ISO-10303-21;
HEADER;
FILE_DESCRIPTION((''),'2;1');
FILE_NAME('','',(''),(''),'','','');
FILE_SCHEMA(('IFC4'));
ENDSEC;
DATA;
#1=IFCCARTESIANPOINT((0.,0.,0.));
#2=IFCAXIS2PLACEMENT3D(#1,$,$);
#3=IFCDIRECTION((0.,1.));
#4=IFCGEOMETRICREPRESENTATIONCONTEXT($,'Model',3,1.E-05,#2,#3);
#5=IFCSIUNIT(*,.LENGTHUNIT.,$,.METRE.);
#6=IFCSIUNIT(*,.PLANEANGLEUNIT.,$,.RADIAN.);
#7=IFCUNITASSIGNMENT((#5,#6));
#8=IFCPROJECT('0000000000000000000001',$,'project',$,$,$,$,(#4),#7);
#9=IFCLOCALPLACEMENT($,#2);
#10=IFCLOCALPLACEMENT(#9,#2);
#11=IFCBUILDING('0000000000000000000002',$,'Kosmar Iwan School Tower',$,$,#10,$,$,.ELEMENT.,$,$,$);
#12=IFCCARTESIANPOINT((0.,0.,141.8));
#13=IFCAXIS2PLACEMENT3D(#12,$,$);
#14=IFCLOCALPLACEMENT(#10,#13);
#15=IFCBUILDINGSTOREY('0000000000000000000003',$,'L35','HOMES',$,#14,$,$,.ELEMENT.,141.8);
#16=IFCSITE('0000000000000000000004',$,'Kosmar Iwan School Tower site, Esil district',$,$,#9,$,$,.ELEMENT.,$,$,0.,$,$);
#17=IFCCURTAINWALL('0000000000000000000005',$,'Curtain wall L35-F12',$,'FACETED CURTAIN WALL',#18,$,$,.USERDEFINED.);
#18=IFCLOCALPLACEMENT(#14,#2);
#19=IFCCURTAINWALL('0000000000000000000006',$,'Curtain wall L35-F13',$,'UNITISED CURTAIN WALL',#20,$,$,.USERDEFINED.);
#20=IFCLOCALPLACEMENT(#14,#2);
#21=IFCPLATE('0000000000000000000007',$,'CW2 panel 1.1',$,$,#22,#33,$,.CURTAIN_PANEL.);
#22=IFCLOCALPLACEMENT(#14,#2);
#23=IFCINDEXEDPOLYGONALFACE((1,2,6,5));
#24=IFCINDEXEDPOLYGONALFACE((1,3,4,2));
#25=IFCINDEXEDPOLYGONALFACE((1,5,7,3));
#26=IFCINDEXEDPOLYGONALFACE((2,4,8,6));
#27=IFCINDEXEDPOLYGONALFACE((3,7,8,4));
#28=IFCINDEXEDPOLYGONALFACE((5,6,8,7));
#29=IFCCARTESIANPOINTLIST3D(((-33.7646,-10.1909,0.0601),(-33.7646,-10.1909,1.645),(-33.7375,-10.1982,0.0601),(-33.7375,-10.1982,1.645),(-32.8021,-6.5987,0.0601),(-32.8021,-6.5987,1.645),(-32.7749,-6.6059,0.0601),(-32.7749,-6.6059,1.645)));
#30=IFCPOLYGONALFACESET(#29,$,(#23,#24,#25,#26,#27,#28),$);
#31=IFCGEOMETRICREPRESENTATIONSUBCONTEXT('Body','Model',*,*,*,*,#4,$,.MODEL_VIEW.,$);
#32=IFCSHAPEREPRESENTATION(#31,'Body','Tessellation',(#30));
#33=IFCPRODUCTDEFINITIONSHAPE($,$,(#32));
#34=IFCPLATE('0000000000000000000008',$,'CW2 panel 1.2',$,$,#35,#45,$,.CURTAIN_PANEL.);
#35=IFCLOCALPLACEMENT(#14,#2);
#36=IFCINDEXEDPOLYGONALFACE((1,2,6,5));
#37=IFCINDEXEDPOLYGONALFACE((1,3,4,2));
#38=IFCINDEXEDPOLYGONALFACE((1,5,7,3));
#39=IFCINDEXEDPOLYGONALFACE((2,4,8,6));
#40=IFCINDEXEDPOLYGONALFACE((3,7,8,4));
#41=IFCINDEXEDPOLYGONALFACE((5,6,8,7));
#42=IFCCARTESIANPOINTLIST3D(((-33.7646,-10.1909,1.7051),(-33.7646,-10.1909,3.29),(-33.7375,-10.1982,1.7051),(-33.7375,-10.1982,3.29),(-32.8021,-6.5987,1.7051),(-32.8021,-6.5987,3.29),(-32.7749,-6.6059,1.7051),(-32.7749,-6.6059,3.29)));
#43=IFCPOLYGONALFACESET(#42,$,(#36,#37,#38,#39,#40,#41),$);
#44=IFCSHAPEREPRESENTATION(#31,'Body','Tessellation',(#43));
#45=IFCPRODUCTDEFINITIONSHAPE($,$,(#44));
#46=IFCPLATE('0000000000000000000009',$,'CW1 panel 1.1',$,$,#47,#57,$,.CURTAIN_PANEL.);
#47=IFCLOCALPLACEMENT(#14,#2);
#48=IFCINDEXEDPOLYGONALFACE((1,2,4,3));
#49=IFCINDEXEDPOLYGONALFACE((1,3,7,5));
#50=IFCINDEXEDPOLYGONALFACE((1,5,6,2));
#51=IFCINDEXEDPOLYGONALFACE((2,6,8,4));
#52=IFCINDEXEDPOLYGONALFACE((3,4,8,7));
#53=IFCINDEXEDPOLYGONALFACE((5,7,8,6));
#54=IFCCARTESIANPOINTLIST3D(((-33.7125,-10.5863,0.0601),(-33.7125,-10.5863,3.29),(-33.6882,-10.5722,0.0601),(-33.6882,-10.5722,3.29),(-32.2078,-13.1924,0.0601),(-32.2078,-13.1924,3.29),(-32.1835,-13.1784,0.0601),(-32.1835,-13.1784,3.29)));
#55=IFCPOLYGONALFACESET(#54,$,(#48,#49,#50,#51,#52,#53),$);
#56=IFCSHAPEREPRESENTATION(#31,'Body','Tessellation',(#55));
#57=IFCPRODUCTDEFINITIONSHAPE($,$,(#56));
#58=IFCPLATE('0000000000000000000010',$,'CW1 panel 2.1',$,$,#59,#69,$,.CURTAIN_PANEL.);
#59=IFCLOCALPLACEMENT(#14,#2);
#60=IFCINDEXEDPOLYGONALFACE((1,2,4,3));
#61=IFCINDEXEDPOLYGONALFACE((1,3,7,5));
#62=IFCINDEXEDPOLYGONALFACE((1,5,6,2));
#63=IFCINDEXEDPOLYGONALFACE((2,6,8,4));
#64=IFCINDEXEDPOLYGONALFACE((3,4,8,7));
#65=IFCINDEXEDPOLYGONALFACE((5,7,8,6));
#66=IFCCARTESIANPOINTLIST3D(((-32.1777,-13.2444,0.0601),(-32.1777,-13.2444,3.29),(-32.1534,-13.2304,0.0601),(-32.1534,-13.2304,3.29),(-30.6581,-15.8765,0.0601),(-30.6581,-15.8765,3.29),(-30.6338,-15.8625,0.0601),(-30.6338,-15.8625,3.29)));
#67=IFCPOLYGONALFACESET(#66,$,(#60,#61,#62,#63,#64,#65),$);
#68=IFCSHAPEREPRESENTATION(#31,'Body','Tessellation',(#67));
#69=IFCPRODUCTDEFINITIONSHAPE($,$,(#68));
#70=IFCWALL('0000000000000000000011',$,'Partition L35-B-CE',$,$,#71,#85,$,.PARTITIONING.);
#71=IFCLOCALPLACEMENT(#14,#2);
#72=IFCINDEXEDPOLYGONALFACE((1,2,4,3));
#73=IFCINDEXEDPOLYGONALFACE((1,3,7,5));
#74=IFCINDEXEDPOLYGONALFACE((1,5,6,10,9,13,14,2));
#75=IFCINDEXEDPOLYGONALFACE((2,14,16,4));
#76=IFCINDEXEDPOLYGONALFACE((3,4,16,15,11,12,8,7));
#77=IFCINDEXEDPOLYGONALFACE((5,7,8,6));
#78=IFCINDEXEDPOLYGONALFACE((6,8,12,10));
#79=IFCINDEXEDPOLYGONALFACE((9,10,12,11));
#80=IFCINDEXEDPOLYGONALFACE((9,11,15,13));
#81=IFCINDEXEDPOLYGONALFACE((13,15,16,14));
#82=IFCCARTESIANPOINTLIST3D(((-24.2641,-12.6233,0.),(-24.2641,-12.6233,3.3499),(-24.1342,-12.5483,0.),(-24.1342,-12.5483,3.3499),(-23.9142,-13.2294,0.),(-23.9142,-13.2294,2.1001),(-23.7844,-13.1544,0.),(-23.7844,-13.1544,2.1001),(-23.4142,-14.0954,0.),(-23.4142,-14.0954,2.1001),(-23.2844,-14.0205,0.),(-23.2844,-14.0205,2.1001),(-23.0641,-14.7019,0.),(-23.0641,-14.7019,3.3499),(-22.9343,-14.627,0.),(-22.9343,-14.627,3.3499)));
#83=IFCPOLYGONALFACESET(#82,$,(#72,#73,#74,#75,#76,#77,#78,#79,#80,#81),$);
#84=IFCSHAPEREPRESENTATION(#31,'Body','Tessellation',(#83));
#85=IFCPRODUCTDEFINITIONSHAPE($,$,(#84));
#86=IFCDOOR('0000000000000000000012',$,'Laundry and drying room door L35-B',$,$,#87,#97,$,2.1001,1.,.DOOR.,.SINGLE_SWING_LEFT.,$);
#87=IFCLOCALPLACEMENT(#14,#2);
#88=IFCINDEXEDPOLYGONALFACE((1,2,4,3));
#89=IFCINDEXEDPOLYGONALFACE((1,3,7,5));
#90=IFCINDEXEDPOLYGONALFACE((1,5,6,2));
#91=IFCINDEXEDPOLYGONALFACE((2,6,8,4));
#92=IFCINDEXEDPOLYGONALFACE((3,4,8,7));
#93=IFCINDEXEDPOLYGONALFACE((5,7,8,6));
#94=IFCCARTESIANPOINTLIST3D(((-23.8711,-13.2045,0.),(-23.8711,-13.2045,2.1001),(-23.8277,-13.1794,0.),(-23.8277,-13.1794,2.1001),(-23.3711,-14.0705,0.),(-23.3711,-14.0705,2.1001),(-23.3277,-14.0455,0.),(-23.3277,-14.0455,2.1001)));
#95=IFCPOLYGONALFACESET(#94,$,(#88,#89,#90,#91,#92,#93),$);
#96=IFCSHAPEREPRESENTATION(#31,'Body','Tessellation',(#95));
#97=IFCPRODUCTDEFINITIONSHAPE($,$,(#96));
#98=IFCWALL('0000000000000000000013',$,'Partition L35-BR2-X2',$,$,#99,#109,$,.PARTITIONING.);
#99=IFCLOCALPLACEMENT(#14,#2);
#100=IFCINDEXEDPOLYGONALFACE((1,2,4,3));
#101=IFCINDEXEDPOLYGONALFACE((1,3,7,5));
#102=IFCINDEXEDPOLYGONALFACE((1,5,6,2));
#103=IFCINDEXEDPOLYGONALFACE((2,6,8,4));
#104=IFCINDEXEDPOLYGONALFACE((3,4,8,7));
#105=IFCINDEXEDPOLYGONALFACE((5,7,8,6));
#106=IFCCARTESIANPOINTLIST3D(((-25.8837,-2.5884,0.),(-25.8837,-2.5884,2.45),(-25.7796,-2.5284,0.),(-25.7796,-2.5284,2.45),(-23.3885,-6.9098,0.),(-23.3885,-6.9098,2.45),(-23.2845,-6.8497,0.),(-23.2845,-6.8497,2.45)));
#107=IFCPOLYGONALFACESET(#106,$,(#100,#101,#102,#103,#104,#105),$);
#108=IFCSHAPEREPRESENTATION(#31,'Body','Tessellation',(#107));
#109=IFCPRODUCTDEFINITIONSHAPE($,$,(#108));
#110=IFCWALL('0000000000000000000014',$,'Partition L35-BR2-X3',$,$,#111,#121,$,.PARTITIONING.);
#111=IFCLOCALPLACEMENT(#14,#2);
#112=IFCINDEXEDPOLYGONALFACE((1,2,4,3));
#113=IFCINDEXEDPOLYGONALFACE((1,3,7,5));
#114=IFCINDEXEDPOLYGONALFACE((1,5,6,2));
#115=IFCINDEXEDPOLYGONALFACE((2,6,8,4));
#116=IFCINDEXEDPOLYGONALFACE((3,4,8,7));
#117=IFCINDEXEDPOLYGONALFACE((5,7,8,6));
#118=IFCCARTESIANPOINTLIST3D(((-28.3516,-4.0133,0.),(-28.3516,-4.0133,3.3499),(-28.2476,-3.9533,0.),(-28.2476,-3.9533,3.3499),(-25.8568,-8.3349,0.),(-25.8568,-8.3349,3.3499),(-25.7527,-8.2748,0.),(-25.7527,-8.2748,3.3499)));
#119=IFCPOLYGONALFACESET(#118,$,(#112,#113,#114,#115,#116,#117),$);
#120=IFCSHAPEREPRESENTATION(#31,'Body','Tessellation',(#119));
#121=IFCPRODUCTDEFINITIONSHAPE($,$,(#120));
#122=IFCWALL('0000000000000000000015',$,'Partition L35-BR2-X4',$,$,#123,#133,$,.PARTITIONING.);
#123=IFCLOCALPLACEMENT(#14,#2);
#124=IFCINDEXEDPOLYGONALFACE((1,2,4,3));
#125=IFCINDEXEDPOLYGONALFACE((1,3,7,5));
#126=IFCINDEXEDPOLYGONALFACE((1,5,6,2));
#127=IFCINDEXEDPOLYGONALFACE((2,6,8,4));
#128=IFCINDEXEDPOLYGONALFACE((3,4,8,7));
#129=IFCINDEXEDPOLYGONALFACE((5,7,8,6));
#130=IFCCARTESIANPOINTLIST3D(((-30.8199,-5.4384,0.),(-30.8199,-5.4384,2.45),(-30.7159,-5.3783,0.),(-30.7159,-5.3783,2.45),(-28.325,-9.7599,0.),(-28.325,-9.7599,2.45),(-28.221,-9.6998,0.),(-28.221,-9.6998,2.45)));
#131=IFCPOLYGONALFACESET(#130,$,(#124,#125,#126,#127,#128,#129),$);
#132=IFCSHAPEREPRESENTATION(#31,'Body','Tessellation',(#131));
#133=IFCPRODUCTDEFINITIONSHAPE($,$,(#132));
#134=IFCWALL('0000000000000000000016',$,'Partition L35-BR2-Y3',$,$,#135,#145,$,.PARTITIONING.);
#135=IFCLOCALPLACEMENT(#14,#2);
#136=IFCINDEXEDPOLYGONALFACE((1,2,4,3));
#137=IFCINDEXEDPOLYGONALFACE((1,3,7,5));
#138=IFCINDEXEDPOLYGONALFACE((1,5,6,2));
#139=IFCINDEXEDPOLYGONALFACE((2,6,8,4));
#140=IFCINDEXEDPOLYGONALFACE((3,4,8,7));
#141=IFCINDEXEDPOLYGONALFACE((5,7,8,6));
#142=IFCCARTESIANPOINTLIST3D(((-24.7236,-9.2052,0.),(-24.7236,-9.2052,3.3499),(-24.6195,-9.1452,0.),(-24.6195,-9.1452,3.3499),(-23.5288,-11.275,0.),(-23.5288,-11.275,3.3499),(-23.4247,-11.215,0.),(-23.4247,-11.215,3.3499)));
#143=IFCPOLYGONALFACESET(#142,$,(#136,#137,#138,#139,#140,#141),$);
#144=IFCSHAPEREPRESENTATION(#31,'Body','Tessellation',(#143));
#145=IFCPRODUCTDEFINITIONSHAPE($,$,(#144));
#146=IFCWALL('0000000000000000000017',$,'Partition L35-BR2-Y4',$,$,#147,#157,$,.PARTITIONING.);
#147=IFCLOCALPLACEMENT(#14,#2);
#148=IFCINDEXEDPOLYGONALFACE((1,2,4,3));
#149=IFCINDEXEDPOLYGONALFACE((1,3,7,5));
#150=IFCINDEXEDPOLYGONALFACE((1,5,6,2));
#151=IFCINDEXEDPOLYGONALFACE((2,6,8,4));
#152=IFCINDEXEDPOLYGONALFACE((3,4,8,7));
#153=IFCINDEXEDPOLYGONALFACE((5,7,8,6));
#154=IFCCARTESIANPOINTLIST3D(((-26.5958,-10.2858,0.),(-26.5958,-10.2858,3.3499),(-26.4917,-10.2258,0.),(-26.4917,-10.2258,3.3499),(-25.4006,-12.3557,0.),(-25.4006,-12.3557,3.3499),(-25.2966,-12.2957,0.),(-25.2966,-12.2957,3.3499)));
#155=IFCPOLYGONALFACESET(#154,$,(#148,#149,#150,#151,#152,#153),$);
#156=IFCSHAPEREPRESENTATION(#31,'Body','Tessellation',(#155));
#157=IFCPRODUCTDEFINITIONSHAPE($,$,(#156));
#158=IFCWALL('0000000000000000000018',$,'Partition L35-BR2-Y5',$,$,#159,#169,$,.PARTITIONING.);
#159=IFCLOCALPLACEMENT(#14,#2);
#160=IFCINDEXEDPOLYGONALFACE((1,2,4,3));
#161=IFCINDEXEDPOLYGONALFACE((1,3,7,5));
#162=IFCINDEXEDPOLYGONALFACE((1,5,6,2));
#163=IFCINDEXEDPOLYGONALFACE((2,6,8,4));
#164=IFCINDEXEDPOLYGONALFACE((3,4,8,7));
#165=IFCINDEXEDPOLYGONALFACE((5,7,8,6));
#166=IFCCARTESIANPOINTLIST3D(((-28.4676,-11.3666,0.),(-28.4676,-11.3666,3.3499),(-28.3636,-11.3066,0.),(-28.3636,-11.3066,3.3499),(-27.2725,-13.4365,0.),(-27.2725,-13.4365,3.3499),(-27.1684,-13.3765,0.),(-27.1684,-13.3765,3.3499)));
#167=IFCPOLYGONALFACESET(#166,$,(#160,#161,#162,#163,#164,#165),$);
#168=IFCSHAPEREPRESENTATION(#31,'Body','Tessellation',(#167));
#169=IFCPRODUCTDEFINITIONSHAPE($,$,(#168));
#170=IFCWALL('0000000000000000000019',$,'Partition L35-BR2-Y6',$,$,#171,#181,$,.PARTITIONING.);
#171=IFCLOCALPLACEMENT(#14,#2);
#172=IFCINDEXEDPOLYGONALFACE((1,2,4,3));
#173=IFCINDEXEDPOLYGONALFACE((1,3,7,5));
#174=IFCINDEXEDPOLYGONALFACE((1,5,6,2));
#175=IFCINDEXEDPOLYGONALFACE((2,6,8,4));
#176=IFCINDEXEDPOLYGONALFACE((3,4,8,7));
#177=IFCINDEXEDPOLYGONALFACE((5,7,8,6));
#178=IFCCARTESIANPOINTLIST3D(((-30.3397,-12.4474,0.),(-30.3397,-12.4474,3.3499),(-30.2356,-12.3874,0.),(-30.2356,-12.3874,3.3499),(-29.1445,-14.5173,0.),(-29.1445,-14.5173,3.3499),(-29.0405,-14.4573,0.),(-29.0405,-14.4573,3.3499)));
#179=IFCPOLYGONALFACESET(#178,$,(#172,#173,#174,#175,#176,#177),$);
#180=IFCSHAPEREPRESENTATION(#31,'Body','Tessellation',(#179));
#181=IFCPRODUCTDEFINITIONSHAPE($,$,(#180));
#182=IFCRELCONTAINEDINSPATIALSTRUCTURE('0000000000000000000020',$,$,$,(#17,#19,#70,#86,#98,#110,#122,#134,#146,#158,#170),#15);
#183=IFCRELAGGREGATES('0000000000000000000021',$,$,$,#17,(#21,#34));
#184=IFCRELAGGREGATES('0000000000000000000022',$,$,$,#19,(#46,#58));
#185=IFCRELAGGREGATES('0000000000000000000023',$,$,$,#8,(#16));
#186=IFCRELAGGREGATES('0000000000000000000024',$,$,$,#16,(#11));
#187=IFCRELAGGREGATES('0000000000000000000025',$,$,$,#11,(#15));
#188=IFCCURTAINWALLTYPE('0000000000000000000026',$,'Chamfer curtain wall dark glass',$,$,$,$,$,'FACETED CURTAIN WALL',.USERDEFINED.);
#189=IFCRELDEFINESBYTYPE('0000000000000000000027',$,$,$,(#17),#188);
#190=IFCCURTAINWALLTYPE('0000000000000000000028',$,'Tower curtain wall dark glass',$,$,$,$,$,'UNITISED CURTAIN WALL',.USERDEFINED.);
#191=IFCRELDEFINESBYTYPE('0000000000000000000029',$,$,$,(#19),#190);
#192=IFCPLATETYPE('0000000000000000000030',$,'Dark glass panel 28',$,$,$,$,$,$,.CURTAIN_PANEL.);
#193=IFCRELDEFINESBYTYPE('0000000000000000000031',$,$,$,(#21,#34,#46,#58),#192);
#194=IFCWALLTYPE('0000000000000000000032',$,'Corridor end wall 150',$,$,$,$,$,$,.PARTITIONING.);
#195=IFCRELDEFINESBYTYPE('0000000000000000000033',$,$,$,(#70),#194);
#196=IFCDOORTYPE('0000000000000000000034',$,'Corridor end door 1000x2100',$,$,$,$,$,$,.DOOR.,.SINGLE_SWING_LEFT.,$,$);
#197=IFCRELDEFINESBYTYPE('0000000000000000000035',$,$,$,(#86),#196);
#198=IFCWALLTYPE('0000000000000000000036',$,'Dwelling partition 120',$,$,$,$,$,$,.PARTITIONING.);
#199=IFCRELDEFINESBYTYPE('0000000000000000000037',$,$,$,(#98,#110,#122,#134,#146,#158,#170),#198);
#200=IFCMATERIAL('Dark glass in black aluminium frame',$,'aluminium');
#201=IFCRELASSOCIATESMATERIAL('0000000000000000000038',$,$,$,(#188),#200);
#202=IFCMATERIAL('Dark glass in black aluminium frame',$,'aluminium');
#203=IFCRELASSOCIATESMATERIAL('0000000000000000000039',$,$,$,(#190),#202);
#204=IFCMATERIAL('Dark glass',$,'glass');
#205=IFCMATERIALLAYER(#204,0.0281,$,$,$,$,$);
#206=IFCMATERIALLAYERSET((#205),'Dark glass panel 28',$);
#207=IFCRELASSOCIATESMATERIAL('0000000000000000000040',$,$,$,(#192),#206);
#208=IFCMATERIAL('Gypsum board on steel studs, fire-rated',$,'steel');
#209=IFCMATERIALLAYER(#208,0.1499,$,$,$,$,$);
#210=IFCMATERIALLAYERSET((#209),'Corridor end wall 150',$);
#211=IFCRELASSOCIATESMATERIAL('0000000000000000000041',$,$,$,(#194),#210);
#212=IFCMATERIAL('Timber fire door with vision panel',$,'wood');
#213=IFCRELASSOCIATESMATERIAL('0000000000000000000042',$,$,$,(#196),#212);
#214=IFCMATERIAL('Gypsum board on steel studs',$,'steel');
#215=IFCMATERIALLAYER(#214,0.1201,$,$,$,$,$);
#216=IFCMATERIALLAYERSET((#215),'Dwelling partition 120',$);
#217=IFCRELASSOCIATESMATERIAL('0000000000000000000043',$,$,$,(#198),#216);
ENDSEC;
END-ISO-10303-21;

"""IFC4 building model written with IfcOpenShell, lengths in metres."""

from ifc_helpers import new_model, si_unit, direction, frame, frame_2d, origin, origin_2d, place, context, subcontext, project, spatial, rectangle, extrude, material, layer, layer_set, type_object, element, fill, aggregate, save


model = new_model("IFC4")

# Units and contexts
model_context = context("Model", 3, precision=1e-05, world=origin(), true_north=direction((0.0, 1.0)))
body_context = subcontext(model_context, "Body", "Model", "MODEL_VIEW")
ifc_project = project(units=[si_unit("LENGTHUNIT", "METRE"), si_unit("PLANEANGLEUNIT", "RADIAN")], contexts=[model_context])

# Site, building, storey
site_placement = place(None, origin())
site = spatial("IfcSite", under=ifc_project, at=site_placement, Name="Kosmar Iwan School Tower site, Esil district", CompositionType="ELEMENT", RefElevation=0.0)
building_placement = place(site_placement, origin())
building = spatial("IfcBuilding", under=site, at=building_placement, Name="Kosmar Iwan School Tower", CompositionType="ELEMENT")
storey_placement = place(building_placement, frame((0.0, 0.0, 141.8)))
storey = spatial("IfcBuildingStorey", under=building, at=storey_placement, Name="L35", Description="HOMES", CompositionType="ELEMENT", Elevation=141.8)

# Curtain wall
ifc_material_1 = material(Name="Dark glass in black aluminium frame", Category="aluminium")
curtain_wall_type_1 = type_object("IfcCurtainWallType", Name="Chamfer curtain wall dark glass", ElementType="FACETED CURTAIN WALL", PredefinedType="USERDEFINED", material=ifc_material_1)
curtain_wall_1_placement = place(storey_placement, origin())
curtain_wall_1 = element("IfcCurtainWall", 1, at=curtain_wall_1_placement, inside=storey, type_object=curtain_wall_type_1, Name="Curtain wall L35-F12", ObjectType="FACETED CURTAIN WALL", PredefinedType="USERDEFINED")

# Curtain wall
ifc_material_2 = material(Name="Dark glass in black aluminium frame", Category="aluminium")
curtain_wall_type_2 = type_object("IfcCurtainWallType", Name="Tower curtain wall dark glass", ElementType="UNITISED CURTAIN WALL", PredefinedType="USERDEFINED", material=ifc_material_2)
curtain_wall_2_placement = place(storey_placement, origin())
curtain_wall_2 = element("IfcCurtainWall", 2, at=curtain_wall_2_placement, inside=storey, type_object=curtain_wall_type_2, Name="Curtain wall L35-F13", ObjectType="UNITISED CURTAIN WALL", PredefinedType="USERDEFINED")

# Plates
ifc_material_3 = material(Name="Dark glass", Category="glass")
ifc_layer_1 = layer(ifc_material_3, 0.0281)
ifc_layer_set_1 = layer_set([ifc_layer_1], Name="Dark glass panel 28")
plate_type = type_object("IfcPlateType", Name="Dark glass panel 28", PredefinedType="CURTAIN_PANEL", material=ifc_layer_set_1)
plate_1_placement = place(storey_placement, frame((-33.2698, -8.3984, 0.0601), z_axis=(0.0, 0.0, 1.0), x_axis=(-0.258819, -0.965926, 0.0)))
plate_1 = element("IfcPlate", 3, at=plate_1_placement, type_object=plate_type, Name="CW2 panel 1.1", PredefinedType="CURTAIN_PANEL", context=body_context, shape_type="SweptSolid", body=[
    extrude(rectangle(XDim=3.719, YDim=0.0281, at=origin_2d()), origin(), (0.0, 0.0, 1.0), 1.585),
])
plate_2_placement = place(storey_placement, frame((-33.2698, -8.3984, 1.7051), z_axis=(0.0, 0.0, 1.0), x_axis=(-0.258819, -0.965926, 0.0)))
plate_2 = element("IfcPlate", 4, at=plate_2_placement, type_object=plate_type, Name="CW2 panel 1.2", PredefinedType="CURTAIN_PANEL", context=body_context, shape_type="SweptSolid", body=[
    extrude(rectangle(XDim=3.719, YDim=0.0281, at=origin_2d()), origin(), (0.0, 0.0, 1.0), 1.585),
])
aggregate(curtain_wall_1, [plate_1, plate_2])
plate_3_placement = place(storey_placement, frame((-32.948, -11.8823, 0.0601), z_axis=(0.0, 0.0, 1.0), x_axis=(0.5, -0.866025, 0.0)))
plate_3 = element("IfcPlate", 5, at=plate_3_placement, type_object=plate_type, Name="CW1 panel 1.1", PredefinedType="CURTAIN_PANEL", context=body_context, shape_type="SweptSolid", body=[
    extrude(rectangle(XDim=3.0093, YDim=0.0281, at=origin_2d()), origin(), (0.0, 0.0, 1.0), 3.23),
])
plate_4_placement = place(storey_placement, frame((-31.4058, -14.5535, 0.0601), z_axis=(0.0, 0.0, 1.0), x_axis=(0.5, -0.866025, 0.0)))
plate_4 = element("IfcPlate", 6, at=plate_4_placement, type_object=plate_type, Name="CW1 panel 2.1", PredefinedType="CURTAIN_PANEL", context=body_context, shape_type="SweptSolid", body=[
    extrude(rectangle(XDim=3.0393, YDim=0.0281, at=origin_2d()), origin(), (0.0, 0.0, 1.0), 3.23),
])
aggregate(curtain_wall_2, [plate_3, plate_4])

# Wall, opening, door
ifc_material_4 = material(Name="Gypsum board on steel studs, fire-rated", Category="steel")
ifc_layer_2 = layer(ifc_material_4, 0.1499)
ifc_layer_set_2 = layer_set([ifc_layer_2], Name="Corridor end wall 150")
wall_type_1 = type_object("IfcWallType", Name="Corridor end wall 150", PredefinedType="PARTITIONING", material=ifc_layer_set_2)
wall_1_placement = place(storey_placement, frame((-24.1992, -12.5857, 0.0), z_axis=(0.0, 0.0, 1.0), x_axis=(0.499957, -0.86605, 0.0)))
wall_1 = element("IfcWall", 7, at=wall_1_placement, inside=storey, type_object=wall_type_1, Name="Partition L35-B-CE", PredefinedType="PARTITIONING", context=body_context, shape_type="SweptSolid", body=[
    extrude(rectangle(XDim=2.4001, YDim=0.1499, at=frame_2d((1.2002, 0.0))), origin(), (0.0, 0.0, 1.0), 3.3499),
])
opening_placement = place(wall_1_placement, frame((0.7, 0.0, 0.0)))
opening = element("IfcOpeningElement", 8, at=opening_placement, cuts=wall_1, PredefinedType="OPENING", context=body_context, shape_type="SweptSolid", body=[
    extrude(rectangle(XDim=1.0, YDim=2.1001, at=frame_2d((0.5, 1.05))), frame((0.0, 0.0869, 0.0), z_axis=(0.0, -1.0, 0.0), x_axis=(1.0, 0.0, 0.0)), (0.0, 0.0, 1.0), 0.1738),
])
ifc_material_5 = material(Name="Timber fire door with vision panel", Category="wood")
door_type = type_object("IfcDoorType", Name="Corridor end door 1000x2100", OperationType="SINGLE_SWING_LEFT", PredefinedType="DOOR", material=ifc_material_5)
door_placement = place(opening_placement, origin())
door = element("IfcDoor", 9, at=door_placement, inside=storey, type_object=door_type, Name="Laundry and drying room door L35-B", OperationType="SINGLE_SWING_LEFT", OverallHeight=2.1001, OverallWidth=1.0, PredefinedType="DOOR", context=body_context, shape_type="SweptSolid", body=[
    extrude(rectangle(XDim=1.0, YDim=2.1001, at=frame_2d((0.5, 1.05))), frame((0.0, 0.0249, 0.0), z_axis=(0.0, -1.0, 0.0), x_axis=(1.0, 0.0, 0.0)), (0.0, 0.0, 1.0), 0.05),
])
fill(opening, door)

# Walls
ifc_material_6 = material(Name="Gypsum board on steel studs", Category="steel")
ifc_layer_3 = layer(ifc_material_6, 0.1201)
ifc_layer_set_3 = layer_set([ifc_layer_3], Name="Dwelling partition 120")
wall_type_2 = type_object("IfcWallType", Name="Dwelling partition 120", PredefinedType="PARTITIONING", material=ifc_layer_set_3)
wall_2_placement = place(storey_placement, frame((-23.3364, -6.8799, 0.0), z_axis=(0.0, 0.0, 1.0), x_axis=(-0.500033, 0.866006, 0.0)))
element("IfcWall", 10, at=wall_2_placement, inside=storey, type_object=wall_type_2, Name="Partition L35-BR2-X2", PredefinedType="PARTITIONING", context=body_context, shape_type="SweptSolid", body=[
    extrude(rectangle(XDim=4.99, YDim=0.1201, at=frame_2d((2.4951, 0.0))), origin(), (0.0, 0.0, 1.0), 2.45),
])
wall_3_placement = place(storey_placement, frame((-25.8047, -8.3049, 0.0), z_axis=(0.0, 0.0, 1.0), x_axis=(-0.499975, 0.86604, 0.0)))
element("IfcWall", 11, at=wall_3_placement, inside=storey, type_object=wall_type_2, Name="Partition L35-BR2-X3", PredefinedType="PARTITIONING", context=body_context, shape_type="SweptSolid", body=[
    extrude(rectangle(XDim=4.99, YDim=0.1201, at=frame_2d((2.4951, 0.0))), origin(), (0.0, 0.0, 1.0), 3.3499),
])
wall_4_placement = place(storey_placement, frame((-28.2729, -9.73, 0.0), z_axis=(0.0, 0.0, 1.0), x_axis=(-0.499975, 0.86604, 0.0)))
element("IfcWall", 12, at=wall_4_placement, inside=storey, type_object=wall_type_2, Name="Partition L35-BR2-X4", PredefinedType="PARTITIONING", context=body_context, shape_type="SweptSolid", body=[
    extrude(rectangle(XDim=4.99, YDim=0.1201, at=frame_2d((2.4951, 0.0))), origin(), (0.0, 0.0, 1.0), 2.45),
])
wall_5_placement = place(storey_placement, frame((-23.4768, -11.2449, 0.0), z_axis=(0.0, 0.0, 1.0), x_axis=(-0.499941, 0.86606, 0.0)))
element("IfcWall", 13, at=wall_5_placement, inside=storey, type_object=wall_type_2, Name="Partition L35-BR2-Y3", PredefinedType="PARTITIONING", context=body_context, shape_type="SweptSolid", body=[
    extrude(rectangle(XDim=2.3899, YDim=0.1201, at=frame_2d((1.1948, 0.0))), origin(), (0.0, 0.0, 1.0), 3.3499),
])
for number, where, z_axis, x_axis, name in (
    (14, (-25.3486, -12.3257, 0.0), (0.0, 0.0, 1.0), (-0.500017, 0.866015, 0.0), "Partition L35-BR2-Y4"),
    (15, (-27.2205, -13.4065, 0.0), (0.0, 0.0, 1.0), (-0.500017, 0.866015, 0.0), "Partition L35-BR2-Y5"),
    (16, (-29.0925, -14.4873, 0.0), (0.0, 0.0, 1.0), (-0.500017, 0.866015, 0.0), "Partition L35-BR2-Y6"),
):
    element("IfcWall", number, at=place(storey_placement, frame(where, z_axis=z_axis, x_axis=x_axis)), inside=storey, type_object=wall_type_2, Name=name, PredefinedType="PARTITIONING", context=body_context, shape_type="SweptSolid", body=[
        extrude(rectangle(XDim=2.3901, YDim=0.1201, at=frame_2d((1.1951, 0.0))), origin(), (0.0, 0.0, 1.0), 3.3499),
    ])

save(model, "model.ifc")
